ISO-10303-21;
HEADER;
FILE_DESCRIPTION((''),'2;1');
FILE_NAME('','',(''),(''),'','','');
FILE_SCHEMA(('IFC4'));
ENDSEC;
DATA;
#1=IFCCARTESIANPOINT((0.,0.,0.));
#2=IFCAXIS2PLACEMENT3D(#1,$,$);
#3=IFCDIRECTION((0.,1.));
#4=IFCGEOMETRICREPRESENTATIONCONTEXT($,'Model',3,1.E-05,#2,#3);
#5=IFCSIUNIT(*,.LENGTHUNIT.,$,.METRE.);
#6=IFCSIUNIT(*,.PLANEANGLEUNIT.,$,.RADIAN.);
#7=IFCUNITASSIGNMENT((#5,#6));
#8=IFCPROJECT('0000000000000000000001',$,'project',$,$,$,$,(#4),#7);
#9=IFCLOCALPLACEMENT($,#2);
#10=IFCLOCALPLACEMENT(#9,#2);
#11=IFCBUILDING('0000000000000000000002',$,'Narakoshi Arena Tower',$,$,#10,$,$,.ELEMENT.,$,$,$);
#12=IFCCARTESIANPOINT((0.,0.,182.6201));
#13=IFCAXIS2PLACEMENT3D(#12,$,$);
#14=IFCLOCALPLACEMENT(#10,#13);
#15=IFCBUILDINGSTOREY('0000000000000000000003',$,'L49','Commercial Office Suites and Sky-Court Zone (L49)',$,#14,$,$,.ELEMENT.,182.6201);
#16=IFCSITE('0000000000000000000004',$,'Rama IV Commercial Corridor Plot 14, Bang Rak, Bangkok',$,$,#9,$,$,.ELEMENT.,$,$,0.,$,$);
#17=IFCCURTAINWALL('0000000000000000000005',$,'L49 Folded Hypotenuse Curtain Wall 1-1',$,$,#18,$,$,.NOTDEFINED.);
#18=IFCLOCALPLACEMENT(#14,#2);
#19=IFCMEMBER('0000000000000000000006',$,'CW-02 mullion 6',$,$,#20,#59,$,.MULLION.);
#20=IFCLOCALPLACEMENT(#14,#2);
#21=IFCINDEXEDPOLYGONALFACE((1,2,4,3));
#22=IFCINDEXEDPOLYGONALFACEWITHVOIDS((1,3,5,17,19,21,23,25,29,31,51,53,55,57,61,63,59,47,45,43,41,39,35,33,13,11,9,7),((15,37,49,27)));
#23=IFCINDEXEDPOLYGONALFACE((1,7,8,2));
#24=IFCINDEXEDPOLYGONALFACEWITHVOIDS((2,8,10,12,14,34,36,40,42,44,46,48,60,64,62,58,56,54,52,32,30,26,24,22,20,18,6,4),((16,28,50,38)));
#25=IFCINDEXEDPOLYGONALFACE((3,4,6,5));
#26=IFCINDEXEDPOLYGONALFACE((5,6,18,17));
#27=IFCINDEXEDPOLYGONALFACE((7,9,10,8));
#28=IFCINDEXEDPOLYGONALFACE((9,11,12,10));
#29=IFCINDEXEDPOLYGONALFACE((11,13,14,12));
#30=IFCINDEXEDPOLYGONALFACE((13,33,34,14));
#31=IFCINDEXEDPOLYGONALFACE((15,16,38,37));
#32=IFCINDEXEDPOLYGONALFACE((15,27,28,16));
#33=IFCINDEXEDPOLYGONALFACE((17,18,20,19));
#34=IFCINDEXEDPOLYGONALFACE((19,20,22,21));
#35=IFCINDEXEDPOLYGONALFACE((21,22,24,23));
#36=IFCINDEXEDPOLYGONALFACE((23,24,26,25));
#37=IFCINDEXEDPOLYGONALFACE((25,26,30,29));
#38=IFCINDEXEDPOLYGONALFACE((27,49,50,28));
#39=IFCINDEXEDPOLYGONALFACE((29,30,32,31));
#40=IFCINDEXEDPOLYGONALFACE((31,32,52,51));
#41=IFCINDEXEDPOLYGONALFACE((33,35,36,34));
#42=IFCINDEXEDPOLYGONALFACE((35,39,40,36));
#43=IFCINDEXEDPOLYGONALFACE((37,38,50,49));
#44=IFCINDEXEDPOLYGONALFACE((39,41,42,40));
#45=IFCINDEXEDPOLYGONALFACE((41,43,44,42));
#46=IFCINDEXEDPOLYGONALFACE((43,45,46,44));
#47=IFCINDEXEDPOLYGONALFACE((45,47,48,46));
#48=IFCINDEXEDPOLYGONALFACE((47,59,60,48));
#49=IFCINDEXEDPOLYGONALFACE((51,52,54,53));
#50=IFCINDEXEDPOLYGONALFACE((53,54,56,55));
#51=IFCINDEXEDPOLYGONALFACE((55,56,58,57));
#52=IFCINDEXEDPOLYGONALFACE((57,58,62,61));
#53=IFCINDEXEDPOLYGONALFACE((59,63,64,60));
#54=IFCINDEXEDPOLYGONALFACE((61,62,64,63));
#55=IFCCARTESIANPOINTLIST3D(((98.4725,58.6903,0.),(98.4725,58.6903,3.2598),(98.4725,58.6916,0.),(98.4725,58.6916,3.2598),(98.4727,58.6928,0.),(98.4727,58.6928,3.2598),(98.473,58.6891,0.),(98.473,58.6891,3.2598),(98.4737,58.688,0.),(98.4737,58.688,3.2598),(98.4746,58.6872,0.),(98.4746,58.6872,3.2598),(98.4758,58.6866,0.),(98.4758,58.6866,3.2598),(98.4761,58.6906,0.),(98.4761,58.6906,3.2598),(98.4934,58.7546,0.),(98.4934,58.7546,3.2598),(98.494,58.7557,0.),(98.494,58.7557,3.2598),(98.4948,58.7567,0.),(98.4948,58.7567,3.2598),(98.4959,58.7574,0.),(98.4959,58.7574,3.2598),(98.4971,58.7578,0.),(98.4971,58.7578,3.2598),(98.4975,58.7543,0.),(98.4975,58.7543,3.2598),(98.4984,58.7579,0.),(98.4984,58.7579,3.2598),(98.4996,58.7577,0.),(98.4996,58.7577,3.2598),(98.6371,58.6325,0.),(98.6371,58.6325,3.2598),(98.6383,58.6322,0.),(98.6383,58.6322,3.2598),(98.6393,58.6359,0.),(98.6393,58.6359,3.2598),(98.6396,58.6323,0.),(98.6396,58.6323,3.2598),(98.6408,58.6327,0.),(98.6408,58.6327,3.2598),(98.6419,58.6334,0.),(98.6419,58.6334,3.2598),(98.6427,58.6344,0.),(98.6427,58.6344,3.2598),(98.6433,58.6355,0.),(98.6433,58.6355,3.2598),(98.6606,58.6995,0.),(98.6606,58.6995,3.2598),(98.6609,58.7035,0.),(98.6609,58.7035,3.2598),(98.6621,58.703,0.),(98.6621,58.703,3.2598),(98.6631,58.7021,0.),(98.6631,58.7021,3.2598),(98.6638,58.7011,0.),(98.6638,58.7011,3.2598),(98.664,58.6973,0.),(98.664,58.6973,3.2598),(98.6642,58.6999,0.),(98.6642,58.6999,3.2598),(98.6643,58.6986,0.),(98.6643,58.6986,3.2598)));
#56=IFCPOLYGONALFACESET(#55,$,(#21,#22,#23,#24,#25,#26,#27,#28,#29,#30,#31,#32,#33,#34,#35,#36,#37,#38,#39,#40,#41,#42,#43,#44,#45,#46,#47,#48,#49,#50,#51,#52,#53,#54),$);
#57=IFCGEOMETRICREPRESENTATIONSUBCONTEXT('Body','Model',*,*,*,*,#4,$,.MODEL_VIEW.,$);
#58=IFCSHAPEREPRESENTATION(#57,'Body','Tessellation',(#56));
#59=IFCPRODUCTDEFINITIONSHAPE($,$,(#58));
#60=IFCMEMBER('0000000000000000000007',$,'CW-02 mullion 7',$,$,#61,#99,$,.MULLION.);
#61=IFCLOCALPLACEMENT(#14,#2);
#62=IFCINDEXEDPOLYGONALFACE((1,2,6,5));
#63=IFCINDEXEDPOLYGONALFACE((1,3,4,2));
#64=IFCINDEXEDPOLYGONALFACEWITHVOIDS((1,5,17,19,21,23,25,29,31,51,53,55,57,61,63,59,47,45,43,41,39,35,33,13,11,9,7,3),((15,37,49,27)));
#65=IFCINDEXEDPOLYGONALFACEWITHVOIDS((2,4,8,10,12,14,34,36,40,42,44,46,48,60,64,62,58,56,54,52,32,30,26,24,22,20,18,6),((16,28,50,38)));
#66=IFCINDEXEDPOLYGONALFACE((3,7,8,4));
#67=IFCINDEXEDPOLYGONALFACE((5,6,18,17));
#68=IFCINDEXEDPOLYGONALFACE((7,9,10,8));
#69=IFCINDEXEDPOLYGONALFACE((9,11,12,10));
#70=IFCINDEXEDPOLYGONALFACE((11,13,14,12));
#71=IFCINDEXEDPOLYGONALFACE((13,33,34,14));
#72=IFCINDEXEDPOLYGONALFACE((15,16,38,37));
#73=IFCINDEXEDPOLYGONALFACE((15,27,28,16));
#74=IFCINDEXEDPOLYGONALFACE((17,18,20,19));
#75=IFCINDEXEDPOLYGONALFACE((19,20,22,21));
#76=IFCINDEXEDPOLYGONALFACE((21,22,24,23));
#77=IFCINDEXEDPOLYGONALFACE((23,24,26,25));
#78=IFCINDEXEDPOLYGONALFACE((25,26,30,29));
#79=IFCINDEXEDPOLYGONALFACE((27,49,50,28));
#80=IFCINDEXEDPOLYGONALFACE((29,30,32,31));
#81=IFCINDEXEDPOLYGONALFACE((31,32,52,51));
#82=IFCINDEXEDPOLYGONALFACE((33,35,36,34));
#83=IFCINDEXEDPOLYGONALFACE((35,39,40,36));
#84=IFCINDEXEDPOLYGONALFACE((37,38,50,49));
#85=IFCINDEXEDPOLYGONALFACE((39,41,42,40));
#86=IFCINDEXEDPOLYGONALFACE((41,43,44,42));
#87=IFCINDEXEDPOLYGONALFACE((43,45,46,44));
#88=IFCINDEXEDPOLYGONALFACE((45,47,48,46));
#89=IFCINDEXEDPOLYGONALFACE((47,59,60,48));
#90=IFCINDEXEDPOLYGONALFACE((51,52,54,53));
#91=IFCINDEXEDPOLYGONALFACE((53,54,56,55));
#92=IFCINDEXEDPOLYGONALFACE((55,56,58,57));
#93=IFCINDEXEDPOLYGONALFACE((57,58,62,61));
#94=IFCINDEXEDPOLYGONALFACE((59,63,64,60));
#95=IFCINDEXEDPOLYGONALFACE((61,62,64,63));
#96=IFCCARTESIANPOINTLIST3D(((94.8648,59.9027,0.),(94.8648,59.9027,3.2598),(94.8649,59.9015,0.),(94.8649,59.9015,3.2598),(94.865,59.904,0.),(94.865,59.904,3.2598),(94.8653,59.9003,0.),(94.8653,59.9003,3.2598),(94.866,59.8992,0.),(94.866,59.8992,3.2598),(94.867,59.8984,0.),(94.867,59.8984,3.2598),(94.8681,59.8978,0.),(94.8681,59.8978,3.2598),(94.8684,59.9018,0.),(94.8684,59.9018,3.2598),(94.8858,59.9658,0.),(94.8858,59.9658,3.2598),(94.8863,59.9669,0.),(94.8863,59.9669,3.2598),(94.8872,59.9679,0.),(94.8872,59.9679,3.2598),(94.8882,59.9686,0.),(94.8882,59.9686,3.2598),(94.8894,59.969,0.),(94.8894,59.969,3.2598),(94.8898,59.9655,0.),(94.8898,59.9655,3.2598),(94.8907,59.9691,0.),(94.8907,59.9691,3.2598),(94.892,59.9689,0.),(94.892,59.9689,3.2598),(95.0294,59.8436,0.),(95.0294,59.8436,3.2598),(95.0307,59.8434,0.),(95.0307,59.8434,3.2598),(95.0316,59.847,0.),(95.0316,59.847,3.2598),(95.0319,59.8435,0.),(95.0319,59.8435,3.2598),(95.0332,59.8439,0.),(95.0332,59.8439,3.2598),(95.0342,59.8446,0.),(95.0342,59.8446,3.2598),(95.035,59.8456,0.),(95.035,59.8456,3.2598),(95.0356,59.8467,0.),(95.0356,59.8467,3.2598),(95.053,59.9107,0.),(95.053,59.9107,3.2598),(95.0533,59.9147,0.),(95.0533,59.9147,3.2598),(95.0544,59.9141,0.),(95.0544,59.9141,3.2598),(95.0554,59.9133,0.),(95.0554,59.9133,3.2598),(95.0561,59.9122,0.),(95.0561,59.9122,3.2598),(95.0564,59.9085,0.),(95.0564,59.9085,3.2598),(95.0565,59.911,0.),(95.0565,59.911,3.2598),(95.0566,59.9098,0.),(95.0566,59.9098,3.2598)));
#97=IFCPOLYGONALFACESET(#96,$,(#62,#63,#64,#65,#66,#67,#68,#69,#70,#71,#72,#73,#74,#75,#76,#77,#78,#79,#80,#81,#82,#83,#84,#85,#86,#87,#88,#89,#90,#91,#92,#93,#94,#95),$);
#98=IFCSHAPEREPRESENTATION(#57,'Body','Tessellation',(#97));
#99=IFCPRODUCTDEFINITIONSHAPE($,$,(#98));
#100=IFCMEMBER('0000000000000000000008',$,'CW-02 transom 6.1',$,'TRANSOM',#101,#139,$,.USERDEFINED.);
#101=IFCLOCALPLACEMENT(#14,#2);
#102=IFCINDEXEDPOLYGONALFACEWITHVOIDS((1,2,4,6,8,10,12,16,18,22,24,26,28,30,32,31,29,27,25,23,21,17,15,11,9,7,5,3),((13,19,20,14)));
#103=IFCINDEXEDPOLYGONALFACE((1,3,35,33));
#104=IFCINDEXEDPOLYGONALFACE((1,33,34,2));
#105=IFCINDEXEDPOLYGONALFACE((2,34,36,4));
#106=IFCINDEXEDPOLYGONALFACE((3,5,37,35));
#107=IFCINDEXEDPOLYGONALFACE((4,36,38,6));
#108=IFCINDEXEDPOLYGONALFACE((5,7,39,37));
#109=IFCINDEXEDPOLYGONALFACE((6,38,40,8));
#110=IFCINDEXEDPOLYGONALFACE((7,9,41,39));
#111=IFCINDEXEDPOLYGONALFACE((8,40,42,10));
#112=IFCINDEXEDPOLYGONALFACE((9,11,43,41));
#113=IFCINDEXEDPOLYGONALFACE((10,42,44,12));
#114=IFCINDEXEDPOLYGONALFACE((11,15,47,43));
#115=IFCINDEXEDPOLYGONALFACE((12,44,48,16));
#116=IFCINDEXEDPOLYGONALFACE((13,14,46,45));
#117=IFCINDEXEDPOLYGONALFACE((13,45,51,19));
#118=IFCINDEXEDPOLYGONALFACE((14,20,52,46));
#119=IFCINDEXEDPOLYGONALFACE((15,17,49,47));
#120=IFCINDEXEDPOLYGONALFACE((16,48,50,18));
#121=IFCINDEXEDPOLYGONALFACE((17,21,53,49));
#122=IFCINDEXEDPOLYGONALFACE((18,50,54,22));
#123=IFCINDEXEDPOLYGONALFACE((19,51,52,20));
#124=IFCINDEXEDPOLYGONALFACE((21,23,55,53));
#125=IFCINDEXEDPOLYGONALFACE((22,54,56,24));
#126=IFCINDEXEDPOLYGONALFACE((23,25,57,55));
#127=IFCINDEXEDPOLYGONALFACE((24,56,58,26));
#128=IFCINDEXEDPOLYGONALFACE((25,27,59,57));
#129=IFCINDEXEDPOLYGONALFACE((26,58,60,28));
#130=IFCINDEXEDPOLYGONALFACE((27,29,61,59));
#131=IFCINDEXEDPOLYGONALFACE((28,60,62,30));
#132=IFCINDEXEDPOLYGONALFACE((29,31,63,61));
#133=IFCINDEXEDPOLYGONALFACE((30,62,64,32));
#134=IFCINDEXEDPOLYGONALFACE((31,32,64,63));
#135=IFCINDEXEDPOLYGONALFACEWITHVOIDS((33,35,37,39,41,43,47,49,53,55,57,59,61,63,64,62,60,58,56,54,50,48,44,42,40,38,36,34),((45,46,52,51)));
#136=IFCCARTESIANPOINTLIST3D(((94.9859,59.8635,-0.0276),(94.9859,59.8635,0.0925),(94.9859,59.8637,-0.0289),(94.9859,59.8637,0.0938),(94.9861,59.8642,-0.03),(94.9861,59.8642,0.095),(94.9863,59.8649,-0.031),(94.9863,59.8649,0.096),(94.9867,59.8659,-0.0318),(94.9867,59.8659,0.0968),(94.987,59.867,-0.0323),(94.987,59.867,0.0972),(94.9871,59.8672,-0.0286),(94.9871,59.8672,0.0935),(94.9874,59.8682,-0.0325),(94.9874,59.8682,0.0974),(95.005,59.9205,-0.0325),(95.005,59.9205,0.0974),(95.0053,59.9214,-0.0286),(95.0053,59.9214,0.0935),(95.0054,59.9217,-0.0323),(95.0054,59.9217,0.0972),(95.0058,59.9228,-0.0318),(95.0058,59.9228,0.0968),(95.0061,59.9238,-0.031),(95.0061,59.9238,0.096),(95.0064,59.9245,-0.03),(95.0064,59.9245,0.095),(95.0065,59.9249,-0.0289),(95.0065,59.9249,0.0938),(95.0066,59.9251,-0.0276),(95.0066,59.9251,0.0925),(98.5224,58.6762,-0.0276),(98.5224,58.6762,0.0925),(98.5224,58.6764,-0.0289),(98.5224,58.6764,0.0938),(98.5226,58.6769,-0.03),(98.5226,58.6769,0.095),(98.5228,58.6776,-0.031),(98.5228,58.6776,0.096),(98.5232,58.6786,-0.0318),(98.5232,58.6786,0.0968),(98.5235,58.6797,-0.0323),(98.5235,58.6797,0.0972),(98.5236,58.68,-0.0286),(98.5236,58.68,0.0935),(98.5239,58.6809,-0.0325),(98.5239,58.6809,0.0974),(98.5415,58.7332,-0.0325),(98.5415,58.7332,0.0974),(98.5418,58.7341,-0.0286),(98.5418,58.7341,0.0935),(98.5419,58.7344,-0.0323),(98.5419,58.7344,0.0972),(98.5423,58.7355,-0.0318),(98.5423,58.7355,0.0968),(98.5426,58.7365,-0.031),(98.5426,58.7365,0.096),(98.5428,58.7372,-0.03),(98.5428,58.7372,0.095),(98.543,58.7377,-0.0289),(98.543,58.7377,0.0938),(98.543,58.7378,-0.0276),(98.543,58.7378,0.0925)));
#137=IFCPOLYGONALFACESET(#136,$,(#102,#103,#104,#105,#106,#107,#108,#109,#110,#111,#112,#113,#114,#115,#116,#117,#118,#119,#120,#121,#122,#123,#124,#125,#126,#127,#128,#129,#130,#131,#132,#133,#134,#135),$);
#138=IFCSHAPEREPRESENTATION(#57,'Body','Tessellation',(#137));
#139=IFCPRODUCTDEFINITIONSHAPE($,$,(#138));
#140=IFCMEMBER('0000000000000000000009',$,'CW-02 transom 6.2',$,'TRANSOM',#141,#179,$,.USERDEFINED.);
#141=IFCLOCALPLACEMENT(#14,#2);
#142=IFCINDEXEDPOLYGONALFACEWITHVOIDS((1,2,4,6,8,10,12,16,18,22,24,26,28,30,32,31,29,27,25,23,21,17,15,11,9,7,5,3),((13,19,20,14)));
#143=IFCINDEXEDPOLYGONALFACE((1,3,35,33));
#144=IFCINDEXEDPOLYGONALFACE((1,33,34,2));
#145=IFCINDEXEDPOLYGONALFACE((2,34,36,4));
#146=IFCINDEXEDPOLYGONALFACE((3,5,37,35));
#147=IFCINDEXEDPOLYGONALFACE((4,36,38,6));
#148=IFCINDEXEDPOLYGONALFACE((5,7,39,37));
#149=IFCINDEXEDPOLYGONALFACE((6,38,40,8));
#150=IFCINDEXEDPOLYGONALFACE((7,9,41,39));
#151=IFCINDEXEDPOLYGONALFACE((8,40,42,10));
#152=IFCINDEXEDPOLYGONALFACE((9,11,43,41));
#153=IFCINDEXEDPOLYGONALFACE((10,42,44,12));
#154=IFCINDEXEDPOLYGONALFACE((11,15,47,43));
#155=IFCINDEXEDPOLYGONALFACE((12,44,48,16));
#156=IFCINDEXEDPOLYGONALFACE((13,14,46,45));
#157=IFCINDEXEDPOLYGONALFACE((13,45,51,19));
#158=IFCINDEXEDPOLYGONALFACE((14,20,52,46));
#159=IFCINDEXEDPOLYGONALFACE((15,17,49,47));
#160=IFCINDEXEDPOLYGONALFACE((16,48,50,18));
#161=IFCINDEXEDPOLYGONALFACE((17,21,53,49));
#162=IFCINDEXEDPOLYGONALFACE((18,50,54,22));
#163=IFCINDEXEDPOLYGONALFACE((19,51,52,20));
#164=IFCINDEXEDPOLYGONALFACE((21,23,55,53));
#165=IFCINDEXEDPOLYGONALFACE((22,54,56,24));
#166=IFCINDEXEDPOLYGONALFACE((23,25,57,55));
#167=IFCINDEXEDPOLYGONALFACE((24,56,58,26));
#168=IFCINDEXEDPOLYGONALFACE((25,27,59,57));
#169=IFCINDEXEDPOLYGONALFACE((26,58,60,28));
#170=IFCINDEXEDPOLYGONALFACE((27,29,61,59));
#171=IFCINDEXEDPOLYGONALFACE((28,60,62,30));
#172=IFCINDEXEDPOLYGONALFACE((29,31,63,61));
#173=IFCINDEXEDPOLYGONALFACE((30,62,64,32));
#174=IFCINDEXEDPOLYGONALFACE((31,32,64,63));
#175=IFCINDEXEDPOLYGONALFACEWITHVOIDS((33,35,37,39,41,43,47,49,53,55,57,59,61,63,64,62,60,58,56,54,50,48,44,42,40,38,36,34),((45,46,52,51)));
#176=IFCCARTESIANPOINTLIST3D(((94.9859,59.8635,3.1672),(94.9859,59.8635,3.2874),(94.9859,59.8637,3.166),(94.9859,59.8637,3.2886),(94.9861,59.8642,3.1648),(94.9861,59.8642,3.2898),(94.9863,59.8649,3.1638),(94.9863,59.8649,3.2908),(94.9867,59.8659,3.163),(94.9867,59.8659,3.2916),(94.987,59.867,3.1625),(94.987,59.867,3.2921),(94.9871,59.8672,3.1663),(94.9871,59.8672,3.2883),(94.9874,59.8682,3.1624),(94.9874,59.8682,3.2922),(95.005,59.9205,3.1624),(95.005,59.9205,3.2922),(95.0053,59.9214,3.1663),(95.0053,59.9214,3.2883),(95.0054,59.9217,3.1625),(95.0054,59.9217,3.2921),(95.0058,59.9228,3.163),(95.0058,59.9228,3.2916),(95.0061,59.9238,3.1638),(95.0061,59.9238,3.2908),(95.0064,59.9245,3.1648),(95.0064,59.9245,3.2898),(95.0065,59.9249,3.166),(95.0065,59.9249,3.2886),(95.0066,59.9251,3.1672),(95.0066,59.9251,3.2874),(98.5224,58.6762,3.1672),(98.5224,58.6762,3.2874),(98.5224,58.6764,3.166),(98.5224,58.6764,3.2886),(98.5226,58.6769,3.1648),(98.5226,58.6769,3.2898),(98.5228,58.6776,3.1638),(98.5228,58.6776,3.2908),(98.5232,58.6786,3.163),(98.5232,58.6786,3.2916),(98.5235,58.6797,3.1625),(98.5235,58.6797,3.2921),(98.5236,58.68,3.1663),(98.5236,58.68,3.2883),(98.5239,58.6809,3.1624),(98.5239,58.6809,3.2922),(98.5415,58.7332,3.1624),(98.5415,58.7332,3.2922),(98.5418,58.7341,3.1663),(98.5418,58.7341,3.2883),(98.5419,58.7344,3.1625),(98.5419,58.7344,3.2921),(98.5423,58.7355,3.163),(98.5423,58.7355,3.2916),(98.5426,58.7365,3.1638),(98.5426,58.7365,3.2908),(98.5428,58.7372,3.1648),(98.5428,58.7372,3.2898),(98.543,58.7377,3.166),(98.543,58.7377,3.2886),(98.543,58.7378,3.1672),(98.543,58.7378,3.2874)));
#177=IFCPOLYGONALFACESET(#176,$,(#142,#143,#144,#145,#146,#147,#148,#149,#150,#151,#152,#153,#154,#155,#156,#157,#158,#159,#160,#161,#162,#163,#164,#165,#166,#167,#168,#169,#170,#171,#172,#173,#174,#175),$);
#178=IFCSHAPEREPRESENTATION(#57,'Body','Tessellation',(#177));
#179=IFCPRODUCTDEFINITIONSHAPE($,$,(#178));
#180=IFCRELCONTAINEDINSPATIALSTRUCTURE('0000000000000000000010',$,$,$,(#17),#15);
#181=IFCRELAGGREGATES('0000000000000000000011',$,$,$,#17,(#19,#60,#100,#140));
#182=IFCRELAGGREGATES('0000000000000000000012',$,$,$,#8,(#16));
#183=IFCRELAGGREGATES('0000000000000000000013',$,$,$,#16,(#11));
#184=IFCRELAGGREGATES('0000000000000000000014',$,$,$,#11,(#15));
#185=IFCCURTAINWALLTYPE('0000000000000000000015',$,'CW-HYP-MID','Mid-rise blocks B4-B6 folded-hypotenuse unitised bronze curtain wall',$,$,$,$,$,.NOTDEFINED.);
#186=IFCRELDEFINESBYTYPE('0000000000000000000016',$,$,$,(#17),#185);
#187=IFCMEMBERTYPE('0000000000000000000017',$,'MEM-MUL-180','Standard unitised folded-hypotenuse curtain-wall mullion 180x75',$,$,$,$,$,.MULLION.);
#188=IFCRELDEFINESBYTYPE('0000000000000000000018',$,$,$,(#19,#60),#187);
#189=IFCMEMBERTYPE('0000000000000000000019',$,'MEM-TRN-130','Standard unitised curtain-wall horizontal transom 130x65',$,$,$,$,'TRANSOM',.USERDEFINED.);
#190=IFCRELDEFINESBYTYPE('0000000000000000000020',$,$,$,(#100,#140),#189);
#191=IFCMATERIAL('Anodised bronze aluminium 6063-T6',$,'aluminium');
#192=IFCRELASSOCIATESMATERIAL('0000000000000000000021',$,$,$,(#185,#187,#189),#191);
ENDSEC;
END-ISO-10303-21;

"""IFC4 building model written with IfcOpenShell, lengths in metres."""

from ifc_helpers import new_model, si_unit, direction, frame, origin, origin_2d, place, context, subcontext, project, spatial, hollow_rectangle, extrude, material, material_profile, profile_set, type_object, element, aggregate, save


model = new_model("IFC4")

# Units and contexts
model_context = context("Model", 3, precision=1e-05, world=origin(), true_north=direction((0.0, 1.0)))
body_context = subcontext(model_context, "Body", "Model", "MODEL_VIEW")
ifc_project = project(units=[si_unit("LENGTHUNIT", "METRE"), si_unit("PLANEANGLEUNIT", "RADIAN")], contexts=[model_context])

# Site, building, storey
site_placement = place(None, origin())
site = spatial("IfcSite", under=ifc_project, at=site_placement, Name="Rama IV Commercial Corridor Plot 14, Bang Rak, Bangkok", CompositionType="ELEMENT", RefElevation=0.0)
building_placement = place(site_placement, origin())
building = spatial("IfcBuilding", under=site, at=building_placement, Name="Narakoshi Arena Tower", CompositionType="ELEMENT")
storey_placement = place(building_placement, frame((0.0, 0.0, 182.6201)))
storey = spatial("IfcBuildingStorey", under=building, at=storey_placement, Name="L49", Description="Commercial Office Suites and Sky-Court Zone (L49)", CompositionType="ELEMENT", Elevation=182.6201)

# Curtain wall, members
ifc_material_1 = material(Name="Anodised bronze aluminium 6063-T6", Category="aluminium")
curtain_wall_type = type_object("IfcCurtainWallType", Name="CW-HYP-MID", Description="Mid-rise blocks B4-B6 folded-hypotenuse unitised bronze curtain wall", PredefinedType="NOTDEFINED", material=ifc_material_1)
curtain_wall_placement = place(storey_placement, origin())
curtain_wall = element("IfcCurtainWall", 1, at=curtain_wall_placement, inside=storey, type_object=curtain_wall_type, Name="L49 Folded Hypotenuse Curtain Wall 1-1", PredefinedType="NOTDEFINED")
ifc_material_profile_1 = material_profile(ifc_material_1, hollow_rectangle(XDim=0.075, YDim=0.1799, WallThickness=0.0039, OuterFilletRadius=0.0049, at=origin_2d()), Name="MUL180x75x4")
ifc_profile_set_1 = profile_set([ifc_material_profile_1], Name="Anodised bronze aluminium 6063-T6")
member_type_1 = type_object("IfcMemberType", Name="MEM-MUL-180", Description="Standard unitised folded-hypotenuse curtain-wall mullion 180x75", PredefinedType="MULLION", material=ifc_profile_set_1)
member_1_placement = place(storey_placement, frame((98.5684, 58.6951, 0.0), z_axis=(0.0, 0.0, 1.0), x_axis=(-0.318261, -0.948003, 0.0)))
member_1 = element("IfcMember", 2, at=member_1_placement, type_object=member_type_1, Name="CW-02 mullion 6", PredefinedType="MULLION", context=body_context, shape_type="SweptSolid", body=[
    extrude(hollow_rectangle(XDim=0.075, YDim=0.1799, WallThickness=0.0039, OuterFilletRadius=0.0049, at=origin_2d()), origin(), (0.0, 0.0, 1.0), 3.2598),
])
member_2_placement = place(storey_placement, frame((94.9607, 59.9062, 0.0), z_axis=(0.0, 0.0, 1.0), x_axis=(-0.318261, -0.948003, 0.0)))
member_2 = element("IfcMember", 3, at=member_2_placement, type_object=member_type_1, Name="CW-02 mullion 7", PredefinedType="MULLION", context=body_context, shape_type="SweptSolid", body=[
    extrude(hollow_rectangle(XDim=0.075, YDim=0.1799, WallThickness=0.0039, OuterFilletRadius=0.0049, at=origin_2d()), origin(), (0.0, 0.0, 1.0), 3.2598),
])
ifc_material_profile_2 = material_profile(ifc_material_1, hollow_rectangle(XDim=0.0649, YDim=0.1299, WallThickness=0.0039, OuterFilletRadius=0.0049, at=origin_2d()), Name="TRN130x65x4")
ifc_profile_set_2 = profile_set([ifc_material_profile_2], Name="Anodised bronze aluminium 6063-T6")
member_type_2 = type_object("IfcMemberType", Name="MEM-TRN-130", Description="Standard unitised curtain-wall horizontal transom 130x65", ElementType="TRANSOM", PredefinedType="USERDEFINED", material=ifc_profile_set_2)
member_3_placement = place(storey_placement, frame((98.5327, 58.707, 0.0325), z_axis=(-0.948, 0.318269, 0.0), x_axis=(-0.318269, -0.948, 0.0)))
member_3 = element("IfcMember", 4, at=member_3_placement, type_object=member_type_2, Name="CW-02 transom 6.1", ObjectType="TRANSOM", PredefinedType="USERDEFINED", context=body_context, shape_type="SweptSolid", body=[
    extrude(hollow_rectangle(XDim=0.0649, YDim=0.1299, WallThickness=0.0039, OuterFilletRadius=0.0049, at=origin_2d()), origin(), (0.0, 0.0, 1.0), 3.7305),
])
member_4_placement = place(storey_placement, frame((98.5327, 58.707, 3.2273), z_axis=(-0.948, 0.318269, 0.0), x_axis=(-0.318269, -0.948, 0.0)))
member_4 = element("IfcMember", 5, at=member_4_placement, type_object=member_type_2, Name="CW-02 transom 6.2", ObjectType="TRANSOM", PredefinedType="USERDEFINED", context=body_context, shape_type="SweptSolid", body=[
    extrude(hollow_rectangle(XDim=0.0649, YDim=0.1299, WallThickness=0.0039, OuterFilletRadius=0.0049, at=origin_2d()), origin(), (0.0, 0.0, 1.0), 3.7305),
])
aggregate(curtain_wall, [member_1, member_2, member_3, member_4])

save(model, "model.ifc")
